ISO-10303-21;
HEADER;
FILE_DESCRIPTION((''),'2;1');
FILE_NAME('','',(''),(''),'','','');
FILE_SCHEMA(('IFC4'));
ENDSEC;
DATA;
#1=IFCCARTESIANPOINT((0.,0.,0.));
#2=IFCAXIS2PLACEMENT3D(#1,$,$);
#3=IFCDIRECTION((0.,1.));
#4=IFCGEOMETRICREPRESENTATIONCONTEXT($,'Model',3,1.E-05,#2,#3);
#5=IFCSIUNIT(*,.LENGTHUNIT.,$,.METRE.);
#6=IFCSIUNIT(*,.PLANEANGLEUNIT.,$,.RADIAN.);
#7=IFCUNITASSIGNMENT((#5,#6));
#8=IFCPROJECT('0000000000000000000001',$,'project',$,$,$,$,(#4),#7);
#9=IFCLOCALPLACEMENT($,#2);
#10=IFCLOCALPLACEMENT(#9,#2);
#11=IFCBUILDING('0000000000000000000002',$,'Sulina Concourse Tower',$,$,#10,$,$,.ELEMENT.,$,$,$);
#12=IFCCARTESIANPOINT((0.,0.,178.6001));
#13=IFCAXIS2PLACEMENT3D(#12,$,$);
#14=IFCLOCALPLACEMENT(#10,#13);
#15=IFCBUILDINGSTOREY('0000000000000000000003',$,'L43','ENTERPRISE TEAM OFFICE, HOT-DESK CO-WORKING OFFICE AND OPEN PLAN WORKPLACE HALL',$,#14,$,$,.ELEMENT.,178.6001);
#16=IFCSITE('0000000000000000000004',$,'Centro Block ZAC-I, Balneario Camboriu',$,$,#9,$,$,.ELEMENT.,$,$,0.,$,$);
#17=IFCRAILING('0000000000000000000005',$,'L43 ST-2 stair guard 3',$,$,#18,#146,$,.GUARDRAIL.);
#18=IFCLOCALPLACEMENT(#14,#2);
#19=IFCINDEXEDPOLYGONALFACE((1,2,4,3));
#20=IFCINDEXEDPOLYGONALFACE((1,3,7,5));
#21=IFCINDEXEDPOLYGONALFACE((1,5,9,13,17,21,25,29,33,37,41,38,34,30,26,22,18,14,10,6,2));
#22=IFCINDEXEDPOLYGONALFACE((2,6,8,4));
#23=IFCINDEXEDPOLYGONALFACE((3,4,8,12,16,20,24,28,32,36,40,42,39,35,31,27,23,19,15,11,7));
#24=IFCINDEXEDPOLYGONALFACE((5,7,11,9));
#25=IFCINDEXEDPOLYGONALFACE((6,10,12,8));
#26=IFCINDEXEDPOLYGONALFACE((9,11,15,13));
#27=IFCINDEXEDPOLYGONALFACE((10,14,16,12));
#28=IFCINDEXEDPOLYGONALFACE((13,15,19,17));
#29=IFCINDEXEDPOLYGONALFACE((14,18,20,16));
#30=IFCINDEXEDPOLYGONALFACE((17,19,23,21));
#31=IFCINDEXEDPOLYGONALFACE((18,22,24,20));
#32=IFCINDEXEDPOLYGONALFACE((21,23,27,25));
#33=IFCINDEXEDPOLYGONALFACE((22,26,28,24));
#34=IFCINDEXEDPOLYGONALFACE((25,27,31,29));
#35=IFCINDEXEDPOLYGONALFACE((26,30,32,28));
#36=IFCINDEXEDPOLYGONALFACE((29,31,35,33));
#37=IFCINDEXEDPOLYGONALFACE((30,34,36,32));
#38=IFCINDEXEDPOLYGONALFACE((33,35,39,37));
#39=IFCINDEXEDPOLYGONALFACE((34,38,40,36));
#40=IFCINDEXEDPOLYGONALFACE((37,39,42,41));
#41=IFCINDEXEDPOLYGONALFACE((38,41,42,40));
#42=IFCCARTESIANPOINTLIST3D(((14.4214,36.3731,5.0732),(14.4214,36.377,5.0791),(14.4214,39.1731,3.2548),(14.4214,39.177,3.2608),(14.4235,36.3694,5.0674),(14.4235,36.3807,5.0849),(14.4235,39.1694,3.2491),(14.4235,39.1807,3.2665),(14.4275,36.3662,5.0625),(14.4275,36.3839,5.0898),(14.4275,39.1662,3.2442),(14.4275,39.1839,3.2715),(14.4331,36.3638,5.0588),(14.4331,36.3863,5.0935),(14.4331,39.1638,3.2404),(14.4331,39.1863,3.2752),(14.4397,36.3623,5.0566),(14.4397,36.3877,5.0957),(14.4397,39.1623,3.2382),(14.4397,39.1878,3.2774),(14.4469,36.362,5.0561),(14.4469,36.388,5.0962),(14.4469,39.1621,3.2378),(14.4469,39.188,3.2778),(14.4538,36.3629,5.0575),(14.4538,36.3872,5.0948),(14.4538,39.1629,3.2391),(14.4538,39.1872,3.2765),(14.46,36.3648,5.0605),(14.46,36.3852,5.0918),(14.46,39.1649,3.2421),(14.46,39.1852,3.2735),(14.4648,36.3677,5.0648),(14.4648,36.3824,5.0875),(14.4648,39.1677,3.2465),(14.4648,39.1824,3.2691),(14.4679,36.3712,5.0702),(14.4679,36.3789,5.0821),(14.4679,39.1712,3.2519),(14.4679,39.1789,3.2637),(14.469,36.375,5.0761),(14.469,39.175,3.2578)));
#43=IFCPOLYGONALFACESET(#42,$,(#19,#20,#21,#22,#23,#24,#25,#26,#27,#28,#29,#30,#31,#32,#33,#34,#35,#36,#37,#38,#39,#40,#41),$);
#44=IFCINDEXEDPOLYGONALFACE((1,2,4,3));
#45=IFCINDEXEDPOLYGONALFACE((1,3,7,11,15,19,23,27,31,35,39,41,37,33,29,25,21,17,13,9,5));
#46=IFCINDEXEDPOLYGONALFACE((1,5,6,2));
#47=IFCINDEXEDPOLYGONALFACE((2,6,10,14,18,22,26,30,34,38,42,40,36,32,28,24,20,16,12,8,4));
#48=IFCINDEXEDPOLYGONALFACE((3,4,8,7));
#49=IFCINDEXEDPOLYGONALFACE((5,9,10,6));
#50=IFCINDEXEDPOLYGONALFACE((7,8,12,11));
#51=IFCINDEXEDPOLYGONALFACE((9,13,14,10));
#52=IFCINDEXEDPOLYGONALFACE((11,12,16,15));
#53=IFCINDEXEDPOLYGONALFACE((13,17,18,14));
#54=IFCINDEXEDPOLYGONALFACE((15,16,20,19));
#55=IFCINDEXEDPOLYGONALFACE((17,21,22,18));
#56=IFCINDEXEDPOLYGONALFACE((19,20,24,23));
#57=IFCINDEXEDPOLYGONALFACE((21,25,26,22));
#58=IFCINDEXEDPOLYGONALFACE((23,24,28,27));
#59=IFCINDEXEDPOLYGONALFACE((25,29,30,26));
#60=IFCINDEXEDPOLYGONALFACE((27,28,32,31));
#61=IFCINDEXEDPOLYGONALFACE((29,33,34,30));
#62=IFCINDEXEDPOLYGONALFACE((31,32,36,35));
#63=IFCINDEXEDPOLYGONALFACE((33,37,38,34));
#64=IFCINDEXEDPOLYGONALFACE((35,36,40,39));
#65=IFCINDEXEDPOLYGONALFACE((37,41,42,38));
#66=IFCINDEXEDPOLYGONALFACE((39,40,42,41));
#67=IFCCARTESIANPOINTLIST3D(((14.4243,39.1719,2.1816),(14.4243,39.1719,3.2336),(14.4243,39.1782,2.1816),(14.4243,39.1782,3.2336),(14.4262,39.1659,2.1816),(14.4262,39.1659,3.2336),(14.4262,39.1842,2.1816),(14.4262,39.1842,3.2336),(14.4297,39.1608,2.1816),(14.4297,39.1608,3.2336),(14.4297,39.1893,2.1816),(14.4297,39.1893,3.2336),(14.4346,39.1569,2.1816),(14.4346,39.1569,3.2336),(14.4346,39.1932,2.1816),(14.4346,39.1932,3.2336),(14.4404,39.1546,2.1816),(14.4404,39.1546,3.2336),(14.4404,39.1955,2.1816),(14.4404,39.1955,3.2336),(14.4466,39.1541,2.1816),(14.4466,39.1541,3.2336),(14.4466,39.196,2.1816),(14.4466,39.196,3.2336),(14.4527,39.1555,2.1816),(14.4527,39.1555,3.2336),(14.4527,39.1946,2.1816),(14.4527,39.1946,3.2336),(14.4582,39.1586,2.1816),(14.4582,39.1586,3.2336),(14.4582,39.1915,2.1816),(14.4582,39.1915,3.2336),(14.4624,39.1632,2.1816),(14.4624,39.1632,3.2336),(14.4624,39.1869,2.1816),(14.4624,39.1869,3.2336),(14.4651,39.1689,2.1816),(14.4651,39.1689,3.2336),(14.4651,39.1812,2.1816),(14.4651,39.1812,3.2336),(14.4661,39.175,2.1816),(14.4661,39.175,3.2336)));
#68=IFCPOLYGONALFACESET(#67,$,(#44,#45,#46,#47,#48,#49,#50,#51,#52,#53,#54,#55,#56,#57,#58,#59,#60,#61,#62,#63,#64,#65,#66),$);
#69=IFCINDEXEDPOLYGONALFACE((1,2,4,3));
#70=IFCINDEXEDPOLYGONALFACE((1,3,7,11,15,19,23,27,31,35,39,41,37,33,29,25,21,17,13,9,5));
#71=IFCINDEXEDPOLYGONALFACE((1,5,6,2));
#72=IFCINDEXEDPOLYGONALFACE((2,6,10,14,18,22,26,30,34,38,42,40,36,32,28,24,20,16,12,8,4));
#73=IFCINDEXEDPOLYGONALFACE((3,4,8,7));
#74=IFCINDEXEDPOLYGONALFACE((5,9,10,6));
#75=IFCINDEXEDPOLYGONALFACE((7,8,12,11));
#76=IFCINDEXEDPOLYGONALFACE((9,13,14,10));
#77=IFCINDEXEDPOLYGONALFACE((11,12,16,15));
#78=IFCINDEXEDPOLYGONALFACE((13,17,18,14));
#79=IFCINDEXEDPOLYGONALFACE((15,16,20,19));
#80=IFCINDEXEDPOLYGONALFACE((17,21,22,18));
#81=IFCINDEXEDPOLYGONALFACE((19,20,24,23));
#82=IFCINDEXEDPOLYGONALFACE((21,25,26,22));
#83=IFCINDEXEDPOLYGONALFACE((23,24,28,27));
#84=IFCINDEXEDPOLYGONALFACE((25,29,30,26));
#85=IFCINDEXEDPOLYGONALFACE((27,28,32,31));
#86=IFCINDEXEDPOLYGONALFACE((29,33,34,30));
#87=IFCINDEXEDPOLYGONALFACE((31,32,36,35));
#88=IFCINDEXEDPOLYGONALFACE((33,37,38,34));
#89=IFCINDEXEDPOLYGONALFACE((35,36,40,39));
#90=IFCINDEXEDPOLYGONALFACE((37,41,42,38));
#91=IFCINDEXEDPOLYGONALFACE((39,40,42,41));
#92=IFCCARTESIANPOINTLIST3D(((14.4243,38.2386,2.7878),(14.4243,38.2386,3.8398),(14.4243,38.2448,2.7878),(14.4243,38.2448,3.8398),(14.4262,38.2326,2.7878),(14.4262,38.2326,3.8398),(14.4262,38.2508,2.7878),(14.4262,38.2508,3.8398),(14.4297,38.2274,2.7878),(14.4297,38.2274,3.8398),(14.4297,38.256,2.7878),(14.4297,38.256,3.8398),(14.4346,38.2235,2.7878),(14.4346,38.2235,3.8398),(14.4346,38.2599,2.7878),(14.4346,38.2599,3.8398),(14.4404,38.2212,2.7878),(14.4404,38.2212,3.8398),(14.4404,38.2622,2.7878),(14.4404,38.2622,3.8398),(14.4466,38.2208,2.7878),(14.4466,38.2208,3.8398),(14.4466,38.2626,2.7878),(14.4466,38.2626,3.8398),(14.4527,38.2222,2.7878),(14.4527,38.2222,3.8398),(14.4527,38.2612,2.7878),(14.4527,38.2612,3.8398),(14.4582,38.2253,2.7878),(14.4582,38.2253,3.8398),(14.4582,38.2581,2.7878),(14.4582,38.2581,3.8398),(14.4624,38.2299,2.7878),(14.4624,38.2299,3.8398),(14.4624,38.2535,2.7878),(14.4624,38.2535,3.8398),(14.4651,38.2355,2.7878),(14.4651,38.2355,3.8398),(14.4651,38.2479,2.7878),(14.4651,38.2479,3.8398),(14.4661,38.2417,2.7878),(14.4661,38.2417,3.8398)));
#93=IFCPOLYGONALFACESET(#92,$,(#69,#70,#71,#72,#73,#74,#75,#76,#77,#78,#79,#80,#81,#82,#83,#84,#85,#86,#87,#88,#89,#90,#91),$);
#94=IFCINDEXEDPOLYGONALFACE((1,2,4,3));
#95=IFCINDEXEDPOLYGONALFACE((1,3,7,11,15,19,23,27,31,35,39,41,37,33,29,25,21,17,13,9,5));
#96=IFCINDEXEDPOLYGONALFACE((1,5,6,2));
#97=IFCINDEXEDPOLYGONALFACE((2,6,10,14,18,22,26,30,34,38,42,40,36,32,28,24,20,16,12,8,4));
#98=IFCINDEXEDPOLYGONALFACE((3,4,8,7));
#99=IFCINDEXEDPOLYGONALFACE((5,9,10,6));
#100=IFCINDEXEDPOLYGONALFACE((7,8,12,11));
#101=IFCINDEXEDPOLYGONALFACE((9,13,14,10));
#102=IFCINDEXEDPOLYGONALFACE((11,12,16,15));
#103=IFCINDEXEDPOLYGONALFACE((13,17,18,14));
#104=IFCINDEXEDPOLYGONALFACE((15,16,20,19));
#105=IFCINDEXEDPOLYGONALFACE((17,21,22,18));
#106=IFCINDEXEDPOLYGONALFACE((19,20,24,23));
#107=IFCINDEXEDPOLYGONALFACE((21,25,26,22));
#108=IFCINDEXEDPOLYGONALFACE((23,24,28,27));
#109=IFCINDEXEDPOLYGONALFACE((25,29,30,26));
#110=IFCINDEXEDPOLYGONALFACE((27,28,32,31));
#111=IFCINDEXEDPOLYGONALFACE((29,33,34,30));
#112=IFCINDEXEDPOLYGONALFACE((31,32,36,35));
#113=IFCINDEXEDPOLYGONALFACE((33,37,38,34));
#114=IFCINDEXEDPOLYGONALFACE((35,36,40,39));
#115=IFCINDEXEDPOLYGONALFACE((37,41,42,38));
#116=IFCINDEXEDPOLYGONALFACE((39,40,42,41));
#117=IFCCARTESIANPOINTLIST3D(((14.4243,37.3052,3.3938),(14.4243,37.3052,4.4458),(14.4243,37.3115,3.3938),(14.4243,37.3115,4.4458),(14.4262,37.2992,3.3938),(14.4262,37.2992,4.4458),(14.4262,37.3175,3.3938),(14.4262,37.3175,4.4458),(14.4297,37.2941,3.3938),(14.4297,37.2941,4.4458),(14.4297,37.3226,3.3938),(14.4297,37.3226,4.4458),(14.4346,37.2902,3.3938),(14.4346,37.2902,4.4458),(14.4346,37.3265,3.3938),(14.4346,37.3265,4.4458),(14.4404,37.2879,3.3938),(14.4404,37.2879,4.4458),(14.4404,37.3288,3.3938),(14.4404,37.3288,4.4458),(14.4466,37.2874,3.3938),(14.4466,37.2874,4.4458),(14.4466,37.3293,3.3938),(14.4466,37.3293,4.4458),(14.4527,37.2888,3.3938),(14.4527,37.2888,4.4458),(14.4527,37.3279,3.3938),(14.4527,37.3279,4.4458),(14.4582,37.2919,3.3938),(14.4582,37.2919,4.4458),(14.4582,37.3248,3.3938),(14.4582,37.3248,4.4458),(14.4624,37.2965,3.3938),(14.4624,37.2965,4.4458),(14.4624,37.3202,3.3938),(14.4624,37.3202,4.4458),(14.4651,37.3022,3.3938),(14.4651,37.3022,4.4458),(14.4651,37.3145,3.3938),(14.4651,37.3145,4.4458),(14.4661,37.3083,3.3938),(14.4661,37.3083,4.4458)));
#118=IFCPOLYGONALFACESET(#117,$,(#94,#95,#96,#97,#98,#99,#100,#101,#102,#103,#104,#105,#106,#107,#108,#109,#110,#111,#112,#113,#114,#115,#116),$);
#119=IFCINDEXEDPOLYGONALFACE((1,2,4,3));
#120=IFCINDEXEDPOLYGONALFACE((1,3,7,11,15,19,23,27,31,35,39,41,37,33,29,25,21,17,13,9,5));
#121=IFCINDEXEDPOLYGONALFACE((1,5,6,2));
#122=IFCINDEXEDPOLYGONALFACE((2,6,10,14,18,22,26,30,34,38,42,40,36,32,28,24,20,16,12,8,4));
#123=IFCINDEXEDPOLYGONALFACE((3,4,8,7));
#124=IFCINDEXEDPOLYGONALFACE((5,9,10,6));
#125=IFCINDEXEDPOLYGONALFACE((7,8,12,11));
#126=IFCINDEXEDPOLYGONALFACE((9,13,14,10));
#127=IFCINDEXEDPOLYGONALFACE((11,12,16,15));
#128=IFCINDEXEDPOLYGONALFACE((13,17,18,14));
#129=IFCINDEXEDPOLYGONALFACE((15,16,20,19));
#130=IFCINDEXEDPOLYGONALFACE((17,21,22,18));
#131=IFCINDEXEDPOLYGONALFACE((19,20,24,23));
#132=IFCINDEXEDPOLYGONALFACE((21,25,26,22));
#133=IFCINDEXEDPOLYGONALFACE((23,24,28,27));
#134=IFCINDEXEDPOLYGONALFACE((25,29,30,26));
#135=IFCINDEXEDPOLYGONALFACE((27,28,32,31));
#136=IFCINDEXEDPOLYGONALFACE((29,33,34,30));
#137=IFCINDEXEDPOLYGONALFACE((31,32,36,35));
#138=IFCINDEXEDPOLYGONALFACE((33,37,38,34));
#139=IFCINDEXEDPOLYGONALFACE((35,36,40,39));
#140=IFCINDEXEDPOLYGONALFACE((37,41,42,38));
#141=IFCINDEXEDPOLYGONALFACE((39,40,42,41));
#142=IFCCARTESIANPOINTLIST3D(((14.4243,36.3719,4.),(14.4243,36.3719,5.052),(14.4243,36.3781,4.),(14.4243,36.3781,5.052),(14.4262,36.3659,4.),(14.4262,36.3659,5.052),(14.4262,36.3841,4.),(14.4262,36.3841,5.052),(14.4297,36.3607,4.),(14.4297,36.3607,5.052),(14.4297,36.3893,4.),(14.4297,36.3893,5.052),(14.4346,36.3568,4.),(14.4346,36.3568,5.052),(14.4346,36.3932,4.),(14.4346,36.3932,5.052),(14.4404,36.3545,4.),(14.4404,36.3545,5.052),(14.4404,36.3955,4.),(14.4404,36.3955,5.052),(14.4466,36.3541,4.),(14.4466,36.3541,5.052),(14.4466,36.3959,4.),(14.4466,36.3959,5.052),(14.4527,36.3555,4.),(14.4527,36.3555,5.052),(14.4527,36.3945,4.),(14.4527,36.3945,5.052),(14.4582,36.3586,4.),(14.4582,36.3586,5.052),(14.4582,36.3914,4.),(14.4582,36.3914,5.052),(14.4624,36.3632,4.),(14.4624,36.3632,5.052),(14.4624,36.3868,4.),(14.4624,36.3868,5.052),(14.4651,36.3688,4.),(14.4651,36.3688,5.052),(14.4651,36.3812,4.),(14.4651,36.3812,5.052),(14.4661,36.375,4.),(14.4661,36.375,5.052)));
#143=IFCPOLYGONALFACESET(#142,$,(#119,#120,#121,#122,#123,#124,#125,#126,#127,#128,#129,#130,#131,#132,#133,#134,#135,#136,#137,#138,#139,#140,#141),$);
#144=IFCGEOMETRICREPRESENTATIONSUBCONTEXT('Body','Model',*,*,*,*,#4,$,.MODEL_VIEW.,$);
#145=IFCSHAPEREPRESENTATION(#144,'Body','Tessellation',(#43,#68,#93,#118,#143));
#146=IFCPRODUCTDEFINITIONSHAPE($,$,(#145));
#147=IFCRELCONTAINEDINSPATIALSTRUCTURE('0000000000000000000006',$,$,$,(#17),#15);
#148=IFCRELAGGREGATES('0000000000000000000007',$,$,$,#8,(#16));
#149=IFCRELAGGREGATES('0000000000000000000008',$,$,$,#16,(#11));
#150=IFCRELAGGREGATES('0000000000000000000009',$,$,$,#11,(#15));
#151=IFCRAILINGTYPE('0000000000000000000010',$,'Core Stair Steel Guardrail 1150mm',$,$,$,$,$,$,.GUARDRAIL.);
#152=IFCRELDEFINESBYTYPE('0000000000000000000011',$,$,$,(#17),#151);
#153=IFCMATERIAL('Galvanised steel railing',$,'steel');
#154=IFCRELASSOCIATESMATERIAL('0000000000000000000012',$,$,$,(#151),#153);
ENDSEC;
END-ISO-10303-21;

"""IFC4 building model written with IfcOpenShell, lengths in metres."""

from ifc_helpers import new_model, si_unit, direction, frame, origin, origin_2d, place, context, subcontext, project, spatial, circle, extrude, material, type_object, element, save


model = new_model("IFC4")

# Units and contexts
model_context = context("Model", 3, precision=1e-05, world=origin(), true_north=direction((0.0, 1.0)))
body_context = subcontext(model_context, "Body", "Model", "MODEL_VIEW")
ifc_project = project(units=[si_unit("LENGTHUNIT", "METRE"), si_unit("PLANEANGLEUNIT", "RADIAN")], contexts=[model_context])

# Site, building, storey
site_placement = place(None, origin())
site = spatial("IfcSite", under=ifc_project, at=site_placement, Name="Centro Block ZAC-I, Balneario Camboriu", CompositionType="ELEMENT", RefElevation=0.0)
building_placement = place(site_placement, origin())
building = spatial("IfcBuilding", under=site, at=building_placement, Name="Sulina Concourse Tower", CompositionType="ELEMENT")
storey_placement = place(building_placement, frame((0.0, 0.0, 178.6001)))
storey = spatial("IfcBuildingStorey", under=building, at=storey_placement, Name="L43", Description="ENTERPRISE TEAM OFFICE, HOT-DESK CO-WORKING OFFICE AND OPEN PLAN WORKPLACE HALL", CompositionType="ELEMENT", Elevation=178.6001)

# Railing
ifc_material_1 = material(Name="Galvanised steel railing", Category="steel")
railing_type_1 = type_object("IfcRailingType", Name="Core Stair Steel Guardrail 1150mm", PredefinedType="GUARDRAIL", material=ifc_material_1)
railing_1_placement = place(storey_placement, frame((14.4451, 39.175, 2.1816)))
element("IfcRailing", 1, at=railing_1_placement, inside=storey, type_object=railing_type_1, Name="L43 ST-2 stair guard 3", PredefinedType="GUARDRAIL", context=body_context, shape_type="SweptSolid", body=[
    extrude(circle(Radius=0.0239, at=origin_2d()), frame((0.0, 0.0, 1.0762), z_axis=(0.0, -0.838672, 0.544636), x_axis=(1.0, 0.0, 0.0)), (0.0, 0.0, 1.0), 3.3386),
    extrude(circle(Radius=0.021, at=origin_2d()), origin(), (0.0, 0.0, 1.0), 1.052),
    extrude(circle(Radius=0.021, at=origin_2d()), frame((0.0, -0.9333, 0.6062)), (0.0, 0.0, 1.0), 1.052),
    extrude(circle(Radius=0.021, at=origin_2d()), frame((0.0, -1.8667, 1.2122)), (0.0, 0.0, 1.0), 1.052),
    extrude(circle(Radius=0.021, at=origin_2d()), frame((0.0, -2.8, 1.8184)), (0.0, 0.0, 1.0), 1.052),
])

save(model, "model.ifc")
